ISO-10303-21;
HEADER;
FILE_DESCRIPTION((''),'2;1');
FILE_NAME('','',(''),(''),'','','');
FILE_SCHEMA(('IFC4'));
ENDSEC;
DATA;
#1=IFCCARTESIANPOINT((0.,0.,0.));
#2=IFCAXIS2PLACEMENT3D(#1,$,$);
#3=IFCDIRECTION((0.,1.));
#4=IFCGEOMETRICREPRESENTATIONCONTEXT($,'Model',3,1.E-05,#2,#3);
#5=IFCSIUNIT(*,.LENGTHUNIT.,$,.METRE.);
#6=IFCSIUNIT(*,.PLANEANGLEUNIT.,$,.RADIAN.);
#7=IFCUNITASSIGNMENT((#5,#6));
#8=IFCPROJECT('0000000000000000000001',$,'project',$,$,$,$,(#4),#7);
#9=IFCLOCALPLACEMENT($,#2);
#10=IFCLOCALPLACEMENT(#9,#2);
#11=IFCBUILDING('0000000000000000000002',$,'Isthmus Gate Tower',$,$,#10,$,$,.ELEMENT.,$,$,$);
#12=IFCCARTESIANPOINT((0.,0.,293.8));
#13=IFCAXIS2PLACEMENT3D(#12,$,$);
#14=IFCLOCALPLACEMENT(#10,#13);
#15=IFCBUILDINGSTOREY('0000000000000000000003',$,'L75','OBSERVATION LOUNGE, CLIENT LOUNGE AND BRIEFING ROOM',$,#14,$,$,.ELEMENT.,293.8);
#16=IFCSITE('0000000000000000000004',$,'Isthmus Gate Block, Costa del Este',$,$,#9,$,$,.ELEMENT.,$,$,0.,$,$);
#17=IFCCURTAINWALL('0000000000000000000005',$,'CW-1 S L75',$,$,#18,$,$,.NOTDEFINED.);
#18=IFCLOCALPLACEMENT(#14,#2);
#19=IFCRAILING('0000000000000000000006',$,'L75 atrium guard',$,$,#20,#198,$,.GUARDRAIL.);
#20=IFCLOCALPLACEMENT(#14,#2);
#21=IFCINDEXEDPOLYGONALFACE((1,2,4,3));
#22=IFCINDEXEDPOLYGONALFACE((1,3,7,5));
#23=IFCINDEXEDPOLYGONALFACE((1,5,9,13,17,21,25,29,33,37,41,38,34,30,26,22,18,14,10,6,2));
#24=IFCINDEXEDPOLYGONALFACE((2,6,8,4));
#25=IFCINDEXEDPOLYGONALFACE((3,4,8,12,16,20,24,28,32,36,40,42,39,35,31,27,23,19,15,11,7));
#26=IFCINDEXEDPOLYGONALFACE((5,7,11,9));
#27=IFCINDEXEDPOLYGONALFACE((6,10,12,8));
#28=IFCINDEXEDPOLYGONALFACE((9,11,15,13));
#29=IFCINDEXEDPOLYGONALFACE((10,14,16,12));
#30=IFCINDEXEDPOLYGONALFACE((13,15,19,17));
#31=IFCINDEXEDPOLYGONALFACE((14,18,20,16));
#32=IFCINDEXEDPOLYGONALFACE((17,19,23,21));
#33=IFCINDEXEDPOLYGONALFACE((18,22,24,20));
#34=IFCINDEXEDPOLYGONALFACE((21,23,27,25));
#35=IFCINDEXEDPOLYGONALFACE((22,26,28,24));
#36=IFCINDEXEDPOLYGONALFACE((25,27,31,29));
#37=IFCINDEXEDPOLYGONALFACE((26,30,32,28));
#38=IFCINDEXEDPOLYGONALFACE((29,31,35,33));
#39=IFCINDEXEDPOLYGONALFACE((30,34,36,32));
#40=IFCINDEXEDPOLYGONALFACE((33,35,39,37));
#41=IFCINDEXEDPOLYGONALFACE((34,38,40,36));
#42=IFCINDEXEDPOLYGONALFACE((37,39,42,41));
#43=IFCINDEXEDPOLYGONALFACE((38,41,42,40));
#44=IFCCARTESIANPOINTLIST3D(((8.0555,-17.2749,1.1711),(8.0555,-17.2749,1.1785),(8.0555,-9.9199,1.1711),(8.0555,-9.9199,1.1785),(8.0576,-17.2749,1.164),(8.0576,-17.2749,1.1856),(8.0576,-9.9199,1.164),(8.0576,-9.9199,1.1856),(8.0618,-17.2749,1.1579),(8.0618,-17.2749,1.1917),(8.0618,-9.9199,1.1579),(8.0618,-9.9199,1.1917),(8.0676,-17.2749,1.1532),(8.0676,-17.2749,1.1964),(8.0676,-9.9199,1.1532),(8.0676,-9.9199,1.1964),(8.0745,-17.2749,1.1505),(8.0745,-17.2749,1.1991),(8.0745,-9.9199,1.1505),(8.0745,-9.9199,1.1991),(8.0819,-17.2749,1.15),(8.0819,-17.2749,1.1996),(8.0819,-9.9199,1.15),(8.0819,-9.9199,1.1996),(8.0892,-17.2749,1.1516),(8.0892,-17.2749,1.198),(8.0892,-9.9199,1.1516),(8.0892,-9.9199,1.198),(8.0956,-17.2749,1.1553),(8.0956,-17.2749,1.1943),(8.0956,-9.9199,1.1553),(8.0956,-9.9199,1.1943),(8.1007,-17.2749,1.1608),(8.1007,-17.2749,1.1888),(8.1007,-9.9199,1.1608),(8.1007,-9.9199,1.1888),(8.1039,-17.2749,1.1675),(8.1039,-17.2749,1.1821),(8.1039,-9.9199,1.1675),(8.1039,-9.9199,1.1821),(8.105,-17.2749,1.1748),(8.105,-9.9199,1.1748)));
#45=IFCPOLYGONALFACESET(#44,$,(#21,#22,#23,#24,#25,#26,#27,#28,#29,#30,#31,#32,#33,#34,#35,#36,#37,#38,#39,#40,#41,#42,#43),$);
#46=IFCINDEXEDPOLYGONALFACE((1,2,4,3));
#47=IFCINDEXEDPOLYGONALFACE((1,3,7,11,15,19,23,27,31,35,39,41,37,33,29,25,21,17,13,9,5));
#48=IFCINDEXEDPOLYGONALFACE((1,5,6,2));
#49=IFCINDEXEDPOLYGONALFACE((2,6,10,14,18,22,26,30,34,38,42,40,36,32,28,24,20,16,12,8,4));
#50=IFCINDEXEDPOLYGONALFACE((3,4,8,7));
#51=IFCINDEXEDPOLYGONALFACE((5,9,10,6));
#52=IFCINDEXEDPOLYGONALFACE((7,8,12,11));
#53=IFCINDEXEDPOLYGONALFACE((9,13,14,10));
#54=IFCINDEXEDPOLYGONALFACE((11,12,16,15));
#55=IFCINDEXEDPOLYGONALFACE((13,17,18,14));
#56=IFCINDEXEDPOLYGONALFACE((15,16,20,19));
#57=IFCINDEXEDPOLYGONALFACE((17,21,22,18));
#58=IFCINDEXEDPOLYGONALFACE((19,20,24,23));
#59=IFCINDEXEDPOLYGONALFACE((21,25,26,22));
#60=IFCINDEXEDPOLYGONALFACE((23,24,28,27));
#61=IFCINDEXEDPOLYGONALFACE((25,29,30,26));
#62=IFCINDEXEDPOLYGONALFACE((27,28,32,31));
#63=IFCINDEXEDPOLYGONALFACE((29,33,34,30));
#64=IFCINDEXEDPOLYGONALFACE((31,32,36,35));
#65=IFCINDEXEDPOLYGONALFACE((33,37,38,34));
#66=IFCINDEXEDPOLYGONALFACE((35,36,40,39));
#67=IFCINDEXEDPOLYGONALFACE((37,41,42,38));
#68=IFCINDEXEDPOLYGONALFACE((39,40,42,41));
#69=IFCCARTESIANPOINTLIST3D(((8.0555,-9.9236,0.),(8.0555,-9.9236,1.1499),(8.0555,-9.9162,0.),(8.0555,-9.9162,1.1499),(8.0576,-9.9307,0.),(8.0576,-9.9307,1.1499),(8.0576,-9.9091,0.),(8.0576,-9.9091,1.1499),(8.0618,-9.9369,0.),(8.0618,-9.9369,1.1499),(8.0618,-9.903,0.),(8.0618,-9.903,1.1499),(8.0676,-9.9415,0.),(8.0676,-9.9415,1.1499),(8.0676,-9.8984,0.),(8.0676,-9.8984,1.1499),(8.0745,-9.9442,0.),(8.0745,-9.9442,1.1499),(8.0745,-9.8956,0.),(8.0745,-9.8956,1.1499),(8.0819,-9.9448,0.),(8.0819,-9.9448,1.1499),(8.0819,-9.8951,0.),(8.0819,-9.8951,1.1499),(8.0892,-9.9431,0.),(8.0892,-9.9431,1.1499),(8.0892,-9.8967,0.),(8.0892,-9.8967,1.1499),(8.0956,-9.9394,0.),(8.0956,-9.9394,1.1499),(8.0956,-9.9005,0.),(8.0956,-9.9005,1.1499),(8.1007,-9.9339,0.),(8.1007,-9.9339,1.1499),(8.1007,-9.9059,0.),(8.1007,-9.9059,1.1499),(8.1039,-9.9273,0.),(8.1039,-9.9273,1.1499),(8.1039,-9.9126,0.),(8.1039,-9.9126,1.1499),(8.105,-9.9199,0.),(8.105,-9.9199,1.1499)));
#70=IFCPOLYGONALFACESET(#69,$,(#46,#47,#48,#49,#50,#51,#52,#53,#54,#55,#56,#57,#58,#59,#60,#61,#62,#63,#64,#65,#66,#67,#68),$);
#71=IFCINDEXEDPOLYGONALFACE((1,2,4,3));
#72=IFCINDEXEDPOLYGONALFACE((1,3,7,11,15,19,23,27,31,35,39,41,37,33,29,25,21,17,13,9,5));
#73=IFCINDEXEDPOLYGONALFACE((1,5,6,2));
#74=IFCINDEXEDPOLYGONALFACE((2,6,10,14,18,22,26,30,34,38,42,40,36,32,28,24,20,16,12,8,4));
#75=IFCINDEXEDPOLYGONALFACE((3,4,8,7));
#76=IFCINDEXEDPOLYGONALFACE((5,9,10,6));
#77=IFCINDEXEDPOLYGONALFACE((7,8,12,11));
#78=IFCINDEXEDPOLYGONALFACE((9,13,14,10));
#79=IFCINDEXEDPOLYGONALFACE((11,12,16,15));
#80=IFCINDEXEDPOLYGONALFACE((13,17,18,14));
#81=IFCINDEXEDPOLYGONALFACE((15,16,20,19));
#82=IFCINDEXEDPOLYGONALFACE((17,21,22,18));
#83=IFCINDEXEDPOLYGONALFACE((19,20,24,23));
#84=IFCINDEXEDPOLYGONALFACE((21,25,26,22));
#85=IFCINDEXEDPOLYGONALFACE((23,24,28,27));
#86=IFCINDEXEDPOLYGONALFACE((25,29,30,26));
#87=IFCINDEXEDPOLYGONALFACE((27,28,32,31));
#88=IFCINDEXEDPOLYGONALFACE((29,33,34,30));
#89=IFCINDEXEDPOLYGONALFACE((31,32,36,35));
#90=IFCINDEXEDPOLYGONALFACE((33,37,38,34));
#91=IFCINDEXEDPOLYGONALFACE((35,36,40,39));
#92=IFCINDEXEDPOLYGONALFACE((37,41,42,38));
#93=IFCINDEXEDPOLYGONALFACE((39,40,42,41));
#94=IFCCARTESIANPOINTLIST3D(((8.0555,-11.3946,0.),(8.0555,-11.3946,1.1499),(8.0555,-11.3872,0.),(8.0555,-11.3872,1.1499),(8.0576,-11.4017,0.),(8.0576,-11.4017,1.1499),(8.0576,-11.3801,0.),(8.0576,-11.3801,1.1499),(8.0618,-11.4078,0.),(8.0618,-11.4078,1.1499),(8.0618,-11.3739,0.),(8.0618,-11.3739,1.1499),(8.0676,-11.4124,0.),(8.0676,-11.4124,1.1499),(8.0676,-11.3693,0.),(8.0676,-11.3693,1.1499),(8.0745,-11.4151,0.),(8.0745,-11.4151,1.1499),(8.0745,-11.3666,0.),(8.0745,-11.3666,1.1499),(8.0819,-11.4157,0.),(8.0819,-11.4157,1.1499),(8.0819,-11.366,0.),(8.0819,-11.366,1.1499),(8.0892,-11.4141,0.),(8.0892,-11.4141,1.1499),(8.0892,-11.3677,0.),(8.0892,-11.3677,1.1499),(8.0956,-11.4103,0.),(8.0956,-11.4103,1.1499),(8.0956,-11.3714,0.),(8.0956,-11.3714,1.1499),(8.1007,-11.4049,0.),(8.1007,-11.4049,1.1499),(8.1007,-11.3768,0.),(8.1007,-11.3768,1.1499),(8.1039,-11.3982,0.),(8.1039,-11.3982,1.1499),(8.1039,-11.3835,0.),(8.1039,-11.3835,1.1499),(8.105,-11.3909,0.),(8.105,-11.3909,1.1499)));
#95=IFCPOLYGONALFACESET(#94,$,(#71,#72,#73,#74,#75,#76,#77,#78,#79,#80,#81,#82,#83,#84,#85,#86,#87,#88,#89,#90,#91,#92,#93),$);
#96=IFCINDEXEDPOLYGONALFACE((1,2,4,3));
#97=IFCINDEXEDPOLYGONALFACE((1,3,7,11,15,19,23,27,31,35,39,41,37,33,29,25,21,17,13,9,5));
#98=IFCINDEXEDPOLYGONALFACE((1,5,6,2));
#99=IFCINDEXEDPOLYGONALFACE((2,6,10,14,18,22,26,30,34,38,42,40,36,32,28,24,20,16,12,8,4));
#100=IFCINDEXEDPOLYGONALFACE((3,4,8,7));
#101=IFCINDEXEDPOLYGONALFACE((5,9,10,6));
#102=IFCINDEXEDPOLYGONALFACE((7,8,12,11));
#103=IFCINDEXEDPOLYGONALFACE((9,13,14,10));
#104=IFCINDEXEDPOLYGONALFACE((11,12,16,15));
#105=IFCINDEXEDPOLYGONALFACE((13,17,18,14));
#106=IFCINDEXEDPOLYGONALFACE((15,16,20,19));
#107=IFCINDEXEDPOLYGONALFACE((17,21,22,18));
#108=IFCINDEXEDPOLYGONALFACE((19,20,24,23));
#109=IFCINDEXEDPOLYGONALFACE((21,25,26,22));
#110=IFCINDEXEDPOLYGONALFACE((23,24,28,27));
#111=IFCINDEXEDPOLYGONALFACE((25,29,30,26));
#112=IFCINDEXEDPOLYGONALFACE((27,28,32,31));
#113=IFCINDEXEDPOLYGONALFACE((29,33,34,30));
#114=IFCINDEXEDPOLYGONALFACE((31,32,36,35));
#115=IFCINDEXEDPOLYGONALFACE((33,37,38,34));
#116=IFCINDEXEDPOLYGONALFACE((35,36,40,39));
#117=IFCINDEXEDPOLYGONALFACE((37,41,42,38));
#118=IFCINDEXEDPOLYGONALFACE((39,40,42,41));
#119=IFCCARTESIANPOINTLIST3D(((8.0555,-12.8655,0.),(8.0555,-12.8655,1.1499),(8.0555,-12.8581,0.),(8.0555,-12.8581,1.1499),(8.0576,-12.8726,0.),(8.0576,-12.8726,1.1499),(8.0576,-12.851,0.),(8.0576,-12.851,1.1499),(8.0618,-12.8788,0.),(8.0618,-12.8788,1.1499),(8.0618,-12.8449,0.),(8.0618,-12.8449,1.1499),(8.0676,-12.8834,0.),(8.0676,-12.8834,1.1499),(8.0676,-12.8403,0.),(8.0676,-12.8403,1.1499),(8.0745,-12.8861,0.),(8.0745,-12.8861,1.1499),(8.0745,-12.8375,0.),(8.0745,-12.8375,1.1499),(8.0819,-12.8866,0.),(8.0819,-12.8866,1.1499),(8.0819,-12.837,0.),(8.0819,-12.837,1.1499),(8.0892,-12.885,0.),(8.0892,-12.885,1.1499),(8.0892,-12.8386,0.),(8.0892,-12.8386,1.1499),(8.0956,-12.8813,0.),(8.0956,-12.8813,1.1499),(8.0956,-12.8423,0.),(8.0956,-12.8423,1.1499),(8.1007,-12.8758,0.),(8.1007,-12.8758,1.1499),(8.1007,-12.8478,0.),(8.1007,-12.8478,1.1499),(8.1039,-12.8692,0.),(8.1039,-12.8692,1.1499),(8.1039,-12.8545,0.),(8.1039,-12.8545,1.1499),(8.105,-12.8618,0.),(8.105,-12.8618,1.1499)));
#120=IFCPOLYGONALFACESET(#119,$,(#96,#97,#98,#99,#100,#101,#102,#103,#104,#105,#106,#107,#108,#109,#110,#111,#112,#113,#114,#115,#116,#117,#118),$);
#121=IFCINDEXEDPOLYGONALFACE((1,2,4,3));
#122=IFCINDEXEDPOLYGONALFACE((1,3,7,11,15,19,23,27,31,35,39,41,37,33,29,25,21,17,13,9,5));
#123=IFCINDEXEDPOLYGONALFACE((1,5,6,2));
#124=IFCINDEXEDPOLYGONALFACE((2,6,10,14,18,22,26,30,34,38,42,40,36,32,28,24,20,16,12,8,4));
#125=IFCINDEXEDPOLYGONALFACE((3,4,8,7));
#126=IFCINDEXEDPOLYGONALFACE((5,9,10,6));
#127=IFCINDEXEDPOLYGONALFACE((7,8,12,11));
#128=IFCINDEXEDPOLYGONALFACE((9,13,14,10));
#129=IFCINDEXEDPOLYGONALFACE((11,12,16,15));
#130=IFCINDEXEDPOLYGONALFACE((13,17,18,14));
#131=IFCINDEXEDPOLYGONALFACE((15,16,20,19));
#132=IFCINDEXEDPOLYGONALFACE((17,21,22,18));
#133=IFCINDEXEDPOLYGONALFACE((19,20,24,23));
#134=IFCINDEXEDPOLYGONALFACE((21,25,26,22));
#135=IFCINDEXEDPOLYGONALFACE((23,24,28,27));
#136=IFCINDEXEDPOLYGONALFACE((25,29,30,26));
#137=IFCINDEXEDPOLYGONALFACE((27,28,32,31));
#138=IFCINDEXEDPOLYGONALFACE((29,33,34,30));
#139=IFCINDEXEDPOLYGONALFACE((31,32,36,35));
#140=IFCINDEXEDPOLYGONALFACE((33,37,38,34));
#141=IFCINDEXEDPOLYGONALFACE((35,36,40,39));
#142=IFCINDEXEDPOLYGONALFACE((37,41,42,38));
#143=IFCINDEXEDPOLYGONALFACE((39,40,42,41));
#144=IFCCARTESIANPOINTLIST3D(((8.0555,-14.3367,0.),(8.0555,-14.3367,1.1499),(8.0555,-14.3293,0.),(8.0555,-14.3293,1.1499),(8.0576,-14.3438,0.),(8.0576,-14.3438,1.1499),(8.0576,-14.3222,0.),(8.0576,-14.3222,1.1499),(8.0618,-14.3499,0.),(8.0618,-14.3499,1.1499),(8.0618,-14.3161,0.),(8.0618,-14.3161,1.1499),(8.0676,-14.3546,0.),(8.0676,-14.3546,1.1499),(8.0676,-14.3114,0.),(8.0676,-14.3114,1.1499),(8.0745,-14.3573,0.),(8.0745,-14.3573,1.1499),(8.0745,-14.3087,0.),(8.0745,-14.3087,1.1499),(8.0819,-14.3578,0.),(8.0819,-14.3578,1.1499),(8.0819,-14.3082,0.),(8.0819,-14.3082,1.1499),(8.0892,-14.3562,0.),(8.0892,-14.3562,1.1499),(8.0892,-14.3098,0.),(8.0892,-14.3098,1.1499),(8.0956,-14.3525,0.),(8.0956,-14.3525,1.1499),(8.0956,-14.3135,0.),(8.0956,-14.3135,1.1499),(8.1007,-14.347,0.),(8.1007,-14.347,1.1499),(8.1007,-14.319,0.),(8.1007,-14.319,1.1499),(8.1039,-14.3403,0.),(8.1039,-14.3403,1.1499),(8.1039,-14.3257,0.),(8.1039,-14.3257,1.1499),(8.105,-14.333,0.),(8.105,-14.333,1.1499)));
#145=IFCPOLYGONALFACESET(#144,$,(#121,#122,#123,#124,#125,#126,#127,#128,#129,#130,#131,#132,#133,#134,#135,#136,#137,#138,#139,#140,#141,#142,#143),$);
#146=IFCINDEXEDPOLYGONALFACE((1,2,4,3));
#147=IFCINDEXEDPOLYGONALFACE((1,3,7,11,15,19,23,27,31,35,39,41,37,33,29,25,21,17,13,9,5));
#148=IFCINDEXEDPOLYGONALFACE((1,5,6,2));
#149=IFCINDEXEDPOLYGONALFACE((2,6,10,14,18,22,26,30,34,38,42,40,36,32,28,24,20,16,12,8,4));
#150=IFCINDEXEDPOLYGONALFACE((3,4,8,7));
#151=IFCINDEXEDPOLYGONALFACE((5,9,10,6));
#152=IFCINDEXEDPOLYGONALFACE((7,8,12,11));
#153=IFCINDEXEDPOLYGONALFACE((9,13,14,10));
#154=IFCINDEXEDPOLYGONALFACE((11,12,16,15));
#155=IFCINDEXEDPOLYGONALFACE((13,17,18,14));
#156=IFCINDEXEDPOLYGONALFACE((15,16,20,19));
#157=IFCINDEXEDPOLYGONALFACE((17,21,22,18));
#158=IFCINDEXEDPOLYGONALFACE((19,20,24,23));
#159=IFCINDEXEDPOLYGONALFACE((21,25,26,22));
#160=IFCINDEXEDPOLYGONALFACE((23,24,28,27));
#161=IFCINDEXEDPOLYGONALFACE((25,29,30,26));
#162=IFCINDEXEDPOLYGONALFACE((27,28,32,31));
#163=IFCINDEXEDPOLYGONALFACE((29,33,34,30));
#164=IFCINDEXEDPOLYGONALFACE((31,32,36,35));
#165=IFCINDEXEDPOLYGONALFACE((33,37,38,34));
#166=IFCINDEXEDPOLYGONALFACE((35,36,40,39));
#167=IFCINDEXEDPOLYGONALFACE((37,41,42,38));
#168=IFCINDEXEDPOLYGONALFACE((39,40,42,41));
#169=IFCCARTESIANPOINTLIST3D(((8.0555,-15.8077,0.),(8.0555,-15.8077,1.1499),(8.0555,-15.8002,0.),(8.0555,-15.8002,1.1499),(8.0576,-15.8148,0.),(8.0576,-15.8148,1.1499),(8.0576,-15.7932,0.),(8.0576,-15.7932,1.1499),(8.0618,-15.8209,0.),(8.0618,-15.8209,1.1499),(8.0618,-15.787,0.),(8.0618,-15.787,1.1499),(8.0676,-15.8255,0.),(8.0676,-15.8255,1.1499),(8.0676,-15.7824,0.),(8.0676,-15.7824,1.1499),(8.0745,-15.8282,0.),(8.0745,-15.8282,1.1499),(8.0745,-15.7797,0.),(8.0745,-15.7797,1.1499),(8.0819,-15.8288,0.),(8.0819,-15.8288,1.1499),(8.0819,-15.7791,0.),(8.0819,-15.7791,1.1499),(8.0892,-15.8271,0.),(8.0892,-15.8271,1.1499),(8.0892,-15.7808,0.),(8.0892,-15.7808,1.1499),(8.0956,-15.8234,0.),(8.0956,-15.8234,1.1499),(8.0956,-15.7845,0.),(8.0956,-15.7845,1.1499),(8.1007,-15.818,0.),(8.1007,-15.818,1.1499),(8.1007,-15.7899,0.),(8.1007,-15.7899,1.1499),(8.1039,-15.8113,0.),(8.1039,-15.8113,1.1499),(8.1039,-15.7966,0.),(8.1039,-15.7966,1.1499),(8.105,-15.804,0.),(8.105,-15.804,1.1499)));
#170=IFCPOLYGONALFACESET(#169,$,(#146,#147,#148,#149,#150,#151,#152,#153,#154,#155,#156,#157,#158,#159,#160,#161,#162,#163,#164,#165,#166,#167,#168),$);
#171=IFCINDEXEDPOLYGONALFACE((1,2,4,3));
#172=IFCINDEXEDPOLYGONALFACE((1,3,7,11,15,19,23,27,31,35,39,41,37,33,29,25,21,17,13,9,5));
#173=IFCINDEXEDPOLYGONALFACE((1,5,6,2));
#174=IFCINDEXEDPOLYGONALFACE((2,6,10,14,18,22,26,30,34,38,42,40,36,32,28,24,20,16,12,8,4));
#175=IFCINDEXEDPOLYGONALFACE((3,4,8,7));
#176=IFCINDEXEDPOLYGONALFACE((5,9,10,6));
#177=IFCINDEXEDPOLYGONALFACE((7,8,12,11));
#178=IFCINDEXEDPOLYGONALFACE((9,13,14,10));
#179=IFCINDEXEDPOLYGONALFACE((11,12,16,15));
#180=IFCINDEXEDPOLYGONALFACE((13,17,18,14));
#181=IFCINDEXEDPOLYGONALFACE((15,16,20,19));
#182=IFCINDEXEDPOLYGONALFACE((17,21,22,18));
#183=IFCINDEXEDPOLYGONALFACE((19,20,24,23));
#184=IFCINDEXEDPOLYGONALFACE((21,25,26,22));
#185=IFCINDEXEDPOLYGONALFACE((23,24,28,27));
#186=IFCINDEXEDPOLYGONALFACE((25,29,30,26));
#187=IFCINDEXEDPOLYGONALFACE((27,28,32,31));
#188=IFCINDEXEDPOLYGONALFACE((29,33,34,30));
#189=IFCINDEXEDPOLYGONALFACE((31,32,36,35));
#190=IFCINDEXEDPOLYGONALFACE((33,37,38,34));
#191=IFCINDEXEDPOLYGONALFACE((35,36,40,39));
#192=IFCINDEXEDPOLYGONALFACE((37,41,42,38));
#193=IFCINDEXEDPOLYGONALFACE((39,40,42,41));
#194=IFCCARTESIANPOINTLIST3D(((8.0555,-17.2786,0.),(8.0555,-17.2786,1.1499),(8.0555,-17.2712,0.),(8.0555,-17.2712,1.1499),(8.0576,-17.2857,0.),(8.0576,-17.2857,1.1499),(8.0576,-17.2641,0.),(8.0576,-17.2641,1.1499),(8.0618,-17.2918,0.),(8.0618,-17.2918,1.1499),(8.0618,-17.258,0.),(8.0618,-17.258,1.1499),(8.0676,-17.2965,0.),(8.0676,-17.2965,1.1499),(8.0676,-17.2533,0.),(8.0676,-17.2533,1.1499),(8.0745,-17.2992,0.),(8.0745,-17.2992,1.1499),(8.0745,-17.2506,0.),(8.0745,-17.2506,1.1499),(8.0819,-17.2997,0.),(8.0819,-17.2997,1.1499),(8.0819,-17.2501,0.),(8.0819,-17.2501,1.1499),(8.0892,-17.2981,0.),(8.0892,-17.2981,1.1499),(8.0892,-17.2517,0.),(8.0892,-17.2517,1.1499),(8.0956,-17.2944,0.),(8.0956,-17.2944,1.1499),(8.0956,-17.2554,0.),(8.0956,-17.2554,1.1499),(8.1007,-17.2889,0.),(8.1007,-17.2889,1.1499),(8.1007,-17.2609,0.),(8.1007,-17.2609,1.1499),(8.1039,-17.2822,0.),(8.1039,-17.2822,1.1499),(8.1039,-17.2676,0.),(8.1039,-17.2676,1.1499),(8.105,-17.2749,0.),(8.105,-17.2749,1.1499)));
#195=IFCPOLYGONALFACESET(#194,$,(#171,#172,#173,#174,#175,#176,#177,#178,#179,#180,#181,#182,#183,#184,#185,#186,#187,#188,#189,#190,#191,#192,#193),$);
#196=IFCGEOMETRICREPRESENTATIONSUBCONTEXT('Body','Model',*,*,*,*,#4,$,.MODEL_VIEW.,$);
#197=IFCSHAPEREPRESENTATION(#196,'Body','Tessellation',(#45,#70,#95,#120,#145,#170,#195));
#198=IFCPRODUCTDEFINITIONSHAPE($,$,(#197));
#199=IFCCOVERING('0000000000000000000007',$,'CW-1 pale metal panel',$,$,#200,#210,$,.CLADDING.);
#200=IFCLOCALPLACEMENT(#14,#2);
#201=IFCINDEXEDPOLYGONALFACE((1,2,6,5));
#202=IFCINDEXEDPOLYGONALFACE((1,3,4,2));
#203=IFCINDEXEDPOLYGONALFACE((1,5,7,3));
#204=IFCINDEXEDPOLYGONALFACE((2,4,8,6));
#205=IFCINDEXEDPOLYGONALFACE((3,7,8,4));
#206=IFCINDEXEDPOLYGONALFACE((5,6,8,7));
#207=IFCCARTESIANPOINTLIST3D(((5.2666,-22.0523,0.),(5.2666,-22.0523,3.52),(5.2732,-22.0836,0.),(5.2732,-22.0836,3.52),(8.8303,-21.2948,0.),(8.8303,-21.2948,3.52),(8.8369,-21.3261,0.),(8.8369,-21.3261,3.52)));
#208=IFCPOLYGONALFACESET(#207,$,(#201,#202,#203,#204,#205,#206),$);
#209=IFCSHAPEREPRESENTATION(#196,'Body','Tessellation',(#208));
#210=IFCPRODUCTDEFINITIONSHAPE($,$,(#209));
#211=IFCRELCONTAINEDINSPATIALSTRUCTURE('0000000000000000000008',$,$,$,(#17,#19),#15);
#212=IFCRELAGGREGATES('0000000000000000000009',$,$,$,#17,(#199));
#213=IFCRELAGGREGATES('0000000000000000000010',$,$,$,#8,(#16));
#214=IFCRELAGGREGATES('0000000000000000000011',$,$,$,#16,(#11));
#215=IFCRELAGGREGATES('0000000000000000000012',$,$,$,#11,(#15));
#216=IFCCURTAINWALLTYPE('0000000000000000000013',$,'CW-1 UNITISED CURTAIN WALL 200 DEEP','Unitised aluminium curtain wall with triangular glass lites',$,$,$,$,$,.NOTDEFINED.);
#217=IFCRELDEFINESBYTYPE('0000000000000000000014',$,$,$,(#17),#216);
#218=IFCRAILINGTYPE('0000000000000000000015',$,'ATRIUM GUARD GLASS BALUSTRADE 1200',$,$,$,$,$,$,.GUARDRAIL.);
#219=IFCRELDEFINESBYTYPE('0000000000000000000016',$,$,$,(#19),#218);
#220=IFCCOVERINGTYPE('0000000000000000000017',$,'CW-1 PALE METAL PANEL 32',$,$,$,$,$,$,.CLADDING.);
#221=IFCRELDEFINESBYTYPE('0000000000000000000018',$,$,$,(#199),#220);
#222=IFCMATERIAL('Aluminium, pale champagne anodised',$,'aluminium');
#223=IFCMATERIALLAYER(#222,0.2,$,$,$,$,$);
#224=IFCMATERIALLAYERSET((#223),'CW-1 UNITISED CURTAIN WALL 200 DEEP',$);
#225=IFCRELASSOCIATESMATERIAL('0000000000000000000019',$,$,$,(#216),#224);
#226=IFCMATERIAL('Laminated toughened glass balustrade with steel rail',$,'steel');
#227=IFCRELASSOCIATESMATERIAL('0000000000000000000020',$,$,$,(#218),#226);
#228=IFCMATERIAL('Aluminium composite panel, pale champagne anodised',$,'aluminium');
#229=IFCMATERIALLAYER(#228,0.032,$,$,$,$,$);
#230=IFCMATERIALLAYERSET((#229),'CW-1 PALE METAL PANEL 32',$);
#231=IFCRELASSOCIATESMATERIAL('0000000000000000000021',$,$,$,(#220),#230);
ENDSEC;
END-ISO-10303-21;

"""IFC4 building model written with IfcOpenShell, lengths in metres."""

from ifc_helpers import new_model, si_unit, direction, frame, origin, origin_2d, place, context, subcontext, project, spatial, rectangle, circle, extrude, material, layer, layer_set, type_object, element, aggregate, save


model = new_model("IFC4")

# Units and contexts
model_context = context("Model", 3, precision=1e-05, world=origin(), true_north=direction((0.0, 1.0)))
body_context = subcontext(model_context, "Body", "Model", "MODEL_VIEW")
ifc_project = project(units=[si_unit("LENGTHUNIT", "METRE"), si_unit("PLANEANGLEUNIT", "RADIAN")], contexts=[model_context])

# Site, building, storey
site_placement = place(None, origin())
site = spatial("IfcSite", under=ifc_project, at=site_placement, Name="Isthmus Gate Block, Costa del Este", CompositionType="ELEMENT", RefElevation=0.0)
building_placement = place(site_placement, origin())
building = spatial("IfcBuilding", under=site, at=building_placement, Name="Isthmus Gate Tower", CompositionType="ELEMENT")
storey_placement = place(building_placement, frame((0.0, 0.0, 293.8)))
storey = spatial("IfcBuildingStorey", under=building, at=storey_placement, Name="L75", Description="OBSERVATION LOUNGE, CLIENT LOUNGE AND BRIEFING ROOM", CompositionType="ELEMENT", Elevation=293.8)

# Curtain wall
ifc_material_1 = material(Name="Aluminium, pale champagne anodised", Category="aluminium")
ifc_layer_1 = layer(ifc_material_1, 0.2)
ifc_layer_set_1 = layer_set([ifc_layer_1], Name="CW-1 UNITISED CURTAIN WALL 200 DEEP")
curtain_wall_type = type_object("IfcCurtainWallType", Name="CW-1 UNITISED CURTAIN WALL 200 DEEP", Description="Unitised aluminium curtain wall with triangular glass lites", PredefinedType="NOTDEFINED", material=ifc_layer_set_1)
curtain_wall_placement = place(storey_placement, origin())
curtain_wall = element("IfcCurtainWall", 1, at=curtain_wall_placement, inside=storey, type_object=curtain_wall_type, Name="CW-1 S L75", PredefinedType="NOTDEFINED")

# Railing
ifc_material_2 = material(Name="Laminated toughened glass balustrade with steel rail", Category="steel")
railing_type = type_object("IfcRailingType", Name="ATRIUM GUARD GLASS BALUSTRADE 1200", PredefinedType="GUARDRAIL", material=ifc_material_2)
railing_1_placement = place(storey_placement, frame((8.0801, -9.9199, 0.0)))
element("IfcRailing", 2, at=railing_1_placement, inside=storey, type_object=railing_type, Name="L75 atrium guard", PredefinedType="GUARDRAIL", context=body_context, shape_type="SweptSolid", body=[
    extrude(circle(Radius=0.0249, at=origin_2d()), frame((0.0, 0.0, 1.1748), z_axis=(0.0, -1.0, 0.0), x_axis=(1.0, 0.0, 0.0)), (0.0, 0.0, 1.0), 7.355),
    extrude(circle(Radius=0.0249, at=origin_2d()), origin(), (0.0, 0.0, 1.0), 1.1499),
    extrude(circle(Radius=0.0249, at=origin_2d()), frame((0.0, -1.4709, 0.0)), (0.0, 0.0, 1.0), 1.1499),
    extrude(circle(Radius=0.0249, at=origin_2d()), frame((0.0, -2.9419, 0.0)), (0.0, 0.0, 1.0), 1.1499),
    extrude(circle(Radius=0.0249, at=origin_2d()), frame((0.0, -4.4131, 0.0)), (0.0, 0.0, 1.0), 1.1499),
    extrude(circle(Radius=0.0249, at=origin_2d()), frame((0.0, -5.884, 0.0)), (0.0, 0.0, 1.0), 1.1499),
    extrude(circle(Radius=0.0249, at=origin_2d()), frame((0.0, -7.355, 0.0)), (0.0, 0.0, 1.0), 1.1499),
])

# Covering
ifc_material_3 = material(Name="Aluminium composite panel, pale champagne anodised", Category="aluminium")
ifc_layer_2 = layer(ifc_material_3, 0.032)
ifc_layer_set_2 = layer_set([ifc_layer_2], Name="CW-1 PALE METAL PANEL 32")
covering_type = type_object("IfcCoveringType", Name="CW-1 PALE METAL PANEL 32", PredefinedType="CLADDING", material=ifc_layer_set_2)
covering_1_placement = place(storey_placement, frame((7.0518, -21.6892, 0.0), z_axis=(0.0, 0.0, 1.0), x_axis=(0.978148, 0.207912, 0.0)))
covering_1 = element("IfcCovering", 3, at=covering_1_placement, type_object=covering_type, Name="CW-1 pale metal panel", PredefinedType="CLADDING", context=body_context, shape_type="SweptSolid", body=[
    extrude(rectangle(XDim=3.6433, YDim=0.032, at=origin_2d()), origin(), (0.0, 0.0, 1.0), 3.52),
])
aggregate(curtain_wall, [covering_1])

save(model, "model.ifc")
